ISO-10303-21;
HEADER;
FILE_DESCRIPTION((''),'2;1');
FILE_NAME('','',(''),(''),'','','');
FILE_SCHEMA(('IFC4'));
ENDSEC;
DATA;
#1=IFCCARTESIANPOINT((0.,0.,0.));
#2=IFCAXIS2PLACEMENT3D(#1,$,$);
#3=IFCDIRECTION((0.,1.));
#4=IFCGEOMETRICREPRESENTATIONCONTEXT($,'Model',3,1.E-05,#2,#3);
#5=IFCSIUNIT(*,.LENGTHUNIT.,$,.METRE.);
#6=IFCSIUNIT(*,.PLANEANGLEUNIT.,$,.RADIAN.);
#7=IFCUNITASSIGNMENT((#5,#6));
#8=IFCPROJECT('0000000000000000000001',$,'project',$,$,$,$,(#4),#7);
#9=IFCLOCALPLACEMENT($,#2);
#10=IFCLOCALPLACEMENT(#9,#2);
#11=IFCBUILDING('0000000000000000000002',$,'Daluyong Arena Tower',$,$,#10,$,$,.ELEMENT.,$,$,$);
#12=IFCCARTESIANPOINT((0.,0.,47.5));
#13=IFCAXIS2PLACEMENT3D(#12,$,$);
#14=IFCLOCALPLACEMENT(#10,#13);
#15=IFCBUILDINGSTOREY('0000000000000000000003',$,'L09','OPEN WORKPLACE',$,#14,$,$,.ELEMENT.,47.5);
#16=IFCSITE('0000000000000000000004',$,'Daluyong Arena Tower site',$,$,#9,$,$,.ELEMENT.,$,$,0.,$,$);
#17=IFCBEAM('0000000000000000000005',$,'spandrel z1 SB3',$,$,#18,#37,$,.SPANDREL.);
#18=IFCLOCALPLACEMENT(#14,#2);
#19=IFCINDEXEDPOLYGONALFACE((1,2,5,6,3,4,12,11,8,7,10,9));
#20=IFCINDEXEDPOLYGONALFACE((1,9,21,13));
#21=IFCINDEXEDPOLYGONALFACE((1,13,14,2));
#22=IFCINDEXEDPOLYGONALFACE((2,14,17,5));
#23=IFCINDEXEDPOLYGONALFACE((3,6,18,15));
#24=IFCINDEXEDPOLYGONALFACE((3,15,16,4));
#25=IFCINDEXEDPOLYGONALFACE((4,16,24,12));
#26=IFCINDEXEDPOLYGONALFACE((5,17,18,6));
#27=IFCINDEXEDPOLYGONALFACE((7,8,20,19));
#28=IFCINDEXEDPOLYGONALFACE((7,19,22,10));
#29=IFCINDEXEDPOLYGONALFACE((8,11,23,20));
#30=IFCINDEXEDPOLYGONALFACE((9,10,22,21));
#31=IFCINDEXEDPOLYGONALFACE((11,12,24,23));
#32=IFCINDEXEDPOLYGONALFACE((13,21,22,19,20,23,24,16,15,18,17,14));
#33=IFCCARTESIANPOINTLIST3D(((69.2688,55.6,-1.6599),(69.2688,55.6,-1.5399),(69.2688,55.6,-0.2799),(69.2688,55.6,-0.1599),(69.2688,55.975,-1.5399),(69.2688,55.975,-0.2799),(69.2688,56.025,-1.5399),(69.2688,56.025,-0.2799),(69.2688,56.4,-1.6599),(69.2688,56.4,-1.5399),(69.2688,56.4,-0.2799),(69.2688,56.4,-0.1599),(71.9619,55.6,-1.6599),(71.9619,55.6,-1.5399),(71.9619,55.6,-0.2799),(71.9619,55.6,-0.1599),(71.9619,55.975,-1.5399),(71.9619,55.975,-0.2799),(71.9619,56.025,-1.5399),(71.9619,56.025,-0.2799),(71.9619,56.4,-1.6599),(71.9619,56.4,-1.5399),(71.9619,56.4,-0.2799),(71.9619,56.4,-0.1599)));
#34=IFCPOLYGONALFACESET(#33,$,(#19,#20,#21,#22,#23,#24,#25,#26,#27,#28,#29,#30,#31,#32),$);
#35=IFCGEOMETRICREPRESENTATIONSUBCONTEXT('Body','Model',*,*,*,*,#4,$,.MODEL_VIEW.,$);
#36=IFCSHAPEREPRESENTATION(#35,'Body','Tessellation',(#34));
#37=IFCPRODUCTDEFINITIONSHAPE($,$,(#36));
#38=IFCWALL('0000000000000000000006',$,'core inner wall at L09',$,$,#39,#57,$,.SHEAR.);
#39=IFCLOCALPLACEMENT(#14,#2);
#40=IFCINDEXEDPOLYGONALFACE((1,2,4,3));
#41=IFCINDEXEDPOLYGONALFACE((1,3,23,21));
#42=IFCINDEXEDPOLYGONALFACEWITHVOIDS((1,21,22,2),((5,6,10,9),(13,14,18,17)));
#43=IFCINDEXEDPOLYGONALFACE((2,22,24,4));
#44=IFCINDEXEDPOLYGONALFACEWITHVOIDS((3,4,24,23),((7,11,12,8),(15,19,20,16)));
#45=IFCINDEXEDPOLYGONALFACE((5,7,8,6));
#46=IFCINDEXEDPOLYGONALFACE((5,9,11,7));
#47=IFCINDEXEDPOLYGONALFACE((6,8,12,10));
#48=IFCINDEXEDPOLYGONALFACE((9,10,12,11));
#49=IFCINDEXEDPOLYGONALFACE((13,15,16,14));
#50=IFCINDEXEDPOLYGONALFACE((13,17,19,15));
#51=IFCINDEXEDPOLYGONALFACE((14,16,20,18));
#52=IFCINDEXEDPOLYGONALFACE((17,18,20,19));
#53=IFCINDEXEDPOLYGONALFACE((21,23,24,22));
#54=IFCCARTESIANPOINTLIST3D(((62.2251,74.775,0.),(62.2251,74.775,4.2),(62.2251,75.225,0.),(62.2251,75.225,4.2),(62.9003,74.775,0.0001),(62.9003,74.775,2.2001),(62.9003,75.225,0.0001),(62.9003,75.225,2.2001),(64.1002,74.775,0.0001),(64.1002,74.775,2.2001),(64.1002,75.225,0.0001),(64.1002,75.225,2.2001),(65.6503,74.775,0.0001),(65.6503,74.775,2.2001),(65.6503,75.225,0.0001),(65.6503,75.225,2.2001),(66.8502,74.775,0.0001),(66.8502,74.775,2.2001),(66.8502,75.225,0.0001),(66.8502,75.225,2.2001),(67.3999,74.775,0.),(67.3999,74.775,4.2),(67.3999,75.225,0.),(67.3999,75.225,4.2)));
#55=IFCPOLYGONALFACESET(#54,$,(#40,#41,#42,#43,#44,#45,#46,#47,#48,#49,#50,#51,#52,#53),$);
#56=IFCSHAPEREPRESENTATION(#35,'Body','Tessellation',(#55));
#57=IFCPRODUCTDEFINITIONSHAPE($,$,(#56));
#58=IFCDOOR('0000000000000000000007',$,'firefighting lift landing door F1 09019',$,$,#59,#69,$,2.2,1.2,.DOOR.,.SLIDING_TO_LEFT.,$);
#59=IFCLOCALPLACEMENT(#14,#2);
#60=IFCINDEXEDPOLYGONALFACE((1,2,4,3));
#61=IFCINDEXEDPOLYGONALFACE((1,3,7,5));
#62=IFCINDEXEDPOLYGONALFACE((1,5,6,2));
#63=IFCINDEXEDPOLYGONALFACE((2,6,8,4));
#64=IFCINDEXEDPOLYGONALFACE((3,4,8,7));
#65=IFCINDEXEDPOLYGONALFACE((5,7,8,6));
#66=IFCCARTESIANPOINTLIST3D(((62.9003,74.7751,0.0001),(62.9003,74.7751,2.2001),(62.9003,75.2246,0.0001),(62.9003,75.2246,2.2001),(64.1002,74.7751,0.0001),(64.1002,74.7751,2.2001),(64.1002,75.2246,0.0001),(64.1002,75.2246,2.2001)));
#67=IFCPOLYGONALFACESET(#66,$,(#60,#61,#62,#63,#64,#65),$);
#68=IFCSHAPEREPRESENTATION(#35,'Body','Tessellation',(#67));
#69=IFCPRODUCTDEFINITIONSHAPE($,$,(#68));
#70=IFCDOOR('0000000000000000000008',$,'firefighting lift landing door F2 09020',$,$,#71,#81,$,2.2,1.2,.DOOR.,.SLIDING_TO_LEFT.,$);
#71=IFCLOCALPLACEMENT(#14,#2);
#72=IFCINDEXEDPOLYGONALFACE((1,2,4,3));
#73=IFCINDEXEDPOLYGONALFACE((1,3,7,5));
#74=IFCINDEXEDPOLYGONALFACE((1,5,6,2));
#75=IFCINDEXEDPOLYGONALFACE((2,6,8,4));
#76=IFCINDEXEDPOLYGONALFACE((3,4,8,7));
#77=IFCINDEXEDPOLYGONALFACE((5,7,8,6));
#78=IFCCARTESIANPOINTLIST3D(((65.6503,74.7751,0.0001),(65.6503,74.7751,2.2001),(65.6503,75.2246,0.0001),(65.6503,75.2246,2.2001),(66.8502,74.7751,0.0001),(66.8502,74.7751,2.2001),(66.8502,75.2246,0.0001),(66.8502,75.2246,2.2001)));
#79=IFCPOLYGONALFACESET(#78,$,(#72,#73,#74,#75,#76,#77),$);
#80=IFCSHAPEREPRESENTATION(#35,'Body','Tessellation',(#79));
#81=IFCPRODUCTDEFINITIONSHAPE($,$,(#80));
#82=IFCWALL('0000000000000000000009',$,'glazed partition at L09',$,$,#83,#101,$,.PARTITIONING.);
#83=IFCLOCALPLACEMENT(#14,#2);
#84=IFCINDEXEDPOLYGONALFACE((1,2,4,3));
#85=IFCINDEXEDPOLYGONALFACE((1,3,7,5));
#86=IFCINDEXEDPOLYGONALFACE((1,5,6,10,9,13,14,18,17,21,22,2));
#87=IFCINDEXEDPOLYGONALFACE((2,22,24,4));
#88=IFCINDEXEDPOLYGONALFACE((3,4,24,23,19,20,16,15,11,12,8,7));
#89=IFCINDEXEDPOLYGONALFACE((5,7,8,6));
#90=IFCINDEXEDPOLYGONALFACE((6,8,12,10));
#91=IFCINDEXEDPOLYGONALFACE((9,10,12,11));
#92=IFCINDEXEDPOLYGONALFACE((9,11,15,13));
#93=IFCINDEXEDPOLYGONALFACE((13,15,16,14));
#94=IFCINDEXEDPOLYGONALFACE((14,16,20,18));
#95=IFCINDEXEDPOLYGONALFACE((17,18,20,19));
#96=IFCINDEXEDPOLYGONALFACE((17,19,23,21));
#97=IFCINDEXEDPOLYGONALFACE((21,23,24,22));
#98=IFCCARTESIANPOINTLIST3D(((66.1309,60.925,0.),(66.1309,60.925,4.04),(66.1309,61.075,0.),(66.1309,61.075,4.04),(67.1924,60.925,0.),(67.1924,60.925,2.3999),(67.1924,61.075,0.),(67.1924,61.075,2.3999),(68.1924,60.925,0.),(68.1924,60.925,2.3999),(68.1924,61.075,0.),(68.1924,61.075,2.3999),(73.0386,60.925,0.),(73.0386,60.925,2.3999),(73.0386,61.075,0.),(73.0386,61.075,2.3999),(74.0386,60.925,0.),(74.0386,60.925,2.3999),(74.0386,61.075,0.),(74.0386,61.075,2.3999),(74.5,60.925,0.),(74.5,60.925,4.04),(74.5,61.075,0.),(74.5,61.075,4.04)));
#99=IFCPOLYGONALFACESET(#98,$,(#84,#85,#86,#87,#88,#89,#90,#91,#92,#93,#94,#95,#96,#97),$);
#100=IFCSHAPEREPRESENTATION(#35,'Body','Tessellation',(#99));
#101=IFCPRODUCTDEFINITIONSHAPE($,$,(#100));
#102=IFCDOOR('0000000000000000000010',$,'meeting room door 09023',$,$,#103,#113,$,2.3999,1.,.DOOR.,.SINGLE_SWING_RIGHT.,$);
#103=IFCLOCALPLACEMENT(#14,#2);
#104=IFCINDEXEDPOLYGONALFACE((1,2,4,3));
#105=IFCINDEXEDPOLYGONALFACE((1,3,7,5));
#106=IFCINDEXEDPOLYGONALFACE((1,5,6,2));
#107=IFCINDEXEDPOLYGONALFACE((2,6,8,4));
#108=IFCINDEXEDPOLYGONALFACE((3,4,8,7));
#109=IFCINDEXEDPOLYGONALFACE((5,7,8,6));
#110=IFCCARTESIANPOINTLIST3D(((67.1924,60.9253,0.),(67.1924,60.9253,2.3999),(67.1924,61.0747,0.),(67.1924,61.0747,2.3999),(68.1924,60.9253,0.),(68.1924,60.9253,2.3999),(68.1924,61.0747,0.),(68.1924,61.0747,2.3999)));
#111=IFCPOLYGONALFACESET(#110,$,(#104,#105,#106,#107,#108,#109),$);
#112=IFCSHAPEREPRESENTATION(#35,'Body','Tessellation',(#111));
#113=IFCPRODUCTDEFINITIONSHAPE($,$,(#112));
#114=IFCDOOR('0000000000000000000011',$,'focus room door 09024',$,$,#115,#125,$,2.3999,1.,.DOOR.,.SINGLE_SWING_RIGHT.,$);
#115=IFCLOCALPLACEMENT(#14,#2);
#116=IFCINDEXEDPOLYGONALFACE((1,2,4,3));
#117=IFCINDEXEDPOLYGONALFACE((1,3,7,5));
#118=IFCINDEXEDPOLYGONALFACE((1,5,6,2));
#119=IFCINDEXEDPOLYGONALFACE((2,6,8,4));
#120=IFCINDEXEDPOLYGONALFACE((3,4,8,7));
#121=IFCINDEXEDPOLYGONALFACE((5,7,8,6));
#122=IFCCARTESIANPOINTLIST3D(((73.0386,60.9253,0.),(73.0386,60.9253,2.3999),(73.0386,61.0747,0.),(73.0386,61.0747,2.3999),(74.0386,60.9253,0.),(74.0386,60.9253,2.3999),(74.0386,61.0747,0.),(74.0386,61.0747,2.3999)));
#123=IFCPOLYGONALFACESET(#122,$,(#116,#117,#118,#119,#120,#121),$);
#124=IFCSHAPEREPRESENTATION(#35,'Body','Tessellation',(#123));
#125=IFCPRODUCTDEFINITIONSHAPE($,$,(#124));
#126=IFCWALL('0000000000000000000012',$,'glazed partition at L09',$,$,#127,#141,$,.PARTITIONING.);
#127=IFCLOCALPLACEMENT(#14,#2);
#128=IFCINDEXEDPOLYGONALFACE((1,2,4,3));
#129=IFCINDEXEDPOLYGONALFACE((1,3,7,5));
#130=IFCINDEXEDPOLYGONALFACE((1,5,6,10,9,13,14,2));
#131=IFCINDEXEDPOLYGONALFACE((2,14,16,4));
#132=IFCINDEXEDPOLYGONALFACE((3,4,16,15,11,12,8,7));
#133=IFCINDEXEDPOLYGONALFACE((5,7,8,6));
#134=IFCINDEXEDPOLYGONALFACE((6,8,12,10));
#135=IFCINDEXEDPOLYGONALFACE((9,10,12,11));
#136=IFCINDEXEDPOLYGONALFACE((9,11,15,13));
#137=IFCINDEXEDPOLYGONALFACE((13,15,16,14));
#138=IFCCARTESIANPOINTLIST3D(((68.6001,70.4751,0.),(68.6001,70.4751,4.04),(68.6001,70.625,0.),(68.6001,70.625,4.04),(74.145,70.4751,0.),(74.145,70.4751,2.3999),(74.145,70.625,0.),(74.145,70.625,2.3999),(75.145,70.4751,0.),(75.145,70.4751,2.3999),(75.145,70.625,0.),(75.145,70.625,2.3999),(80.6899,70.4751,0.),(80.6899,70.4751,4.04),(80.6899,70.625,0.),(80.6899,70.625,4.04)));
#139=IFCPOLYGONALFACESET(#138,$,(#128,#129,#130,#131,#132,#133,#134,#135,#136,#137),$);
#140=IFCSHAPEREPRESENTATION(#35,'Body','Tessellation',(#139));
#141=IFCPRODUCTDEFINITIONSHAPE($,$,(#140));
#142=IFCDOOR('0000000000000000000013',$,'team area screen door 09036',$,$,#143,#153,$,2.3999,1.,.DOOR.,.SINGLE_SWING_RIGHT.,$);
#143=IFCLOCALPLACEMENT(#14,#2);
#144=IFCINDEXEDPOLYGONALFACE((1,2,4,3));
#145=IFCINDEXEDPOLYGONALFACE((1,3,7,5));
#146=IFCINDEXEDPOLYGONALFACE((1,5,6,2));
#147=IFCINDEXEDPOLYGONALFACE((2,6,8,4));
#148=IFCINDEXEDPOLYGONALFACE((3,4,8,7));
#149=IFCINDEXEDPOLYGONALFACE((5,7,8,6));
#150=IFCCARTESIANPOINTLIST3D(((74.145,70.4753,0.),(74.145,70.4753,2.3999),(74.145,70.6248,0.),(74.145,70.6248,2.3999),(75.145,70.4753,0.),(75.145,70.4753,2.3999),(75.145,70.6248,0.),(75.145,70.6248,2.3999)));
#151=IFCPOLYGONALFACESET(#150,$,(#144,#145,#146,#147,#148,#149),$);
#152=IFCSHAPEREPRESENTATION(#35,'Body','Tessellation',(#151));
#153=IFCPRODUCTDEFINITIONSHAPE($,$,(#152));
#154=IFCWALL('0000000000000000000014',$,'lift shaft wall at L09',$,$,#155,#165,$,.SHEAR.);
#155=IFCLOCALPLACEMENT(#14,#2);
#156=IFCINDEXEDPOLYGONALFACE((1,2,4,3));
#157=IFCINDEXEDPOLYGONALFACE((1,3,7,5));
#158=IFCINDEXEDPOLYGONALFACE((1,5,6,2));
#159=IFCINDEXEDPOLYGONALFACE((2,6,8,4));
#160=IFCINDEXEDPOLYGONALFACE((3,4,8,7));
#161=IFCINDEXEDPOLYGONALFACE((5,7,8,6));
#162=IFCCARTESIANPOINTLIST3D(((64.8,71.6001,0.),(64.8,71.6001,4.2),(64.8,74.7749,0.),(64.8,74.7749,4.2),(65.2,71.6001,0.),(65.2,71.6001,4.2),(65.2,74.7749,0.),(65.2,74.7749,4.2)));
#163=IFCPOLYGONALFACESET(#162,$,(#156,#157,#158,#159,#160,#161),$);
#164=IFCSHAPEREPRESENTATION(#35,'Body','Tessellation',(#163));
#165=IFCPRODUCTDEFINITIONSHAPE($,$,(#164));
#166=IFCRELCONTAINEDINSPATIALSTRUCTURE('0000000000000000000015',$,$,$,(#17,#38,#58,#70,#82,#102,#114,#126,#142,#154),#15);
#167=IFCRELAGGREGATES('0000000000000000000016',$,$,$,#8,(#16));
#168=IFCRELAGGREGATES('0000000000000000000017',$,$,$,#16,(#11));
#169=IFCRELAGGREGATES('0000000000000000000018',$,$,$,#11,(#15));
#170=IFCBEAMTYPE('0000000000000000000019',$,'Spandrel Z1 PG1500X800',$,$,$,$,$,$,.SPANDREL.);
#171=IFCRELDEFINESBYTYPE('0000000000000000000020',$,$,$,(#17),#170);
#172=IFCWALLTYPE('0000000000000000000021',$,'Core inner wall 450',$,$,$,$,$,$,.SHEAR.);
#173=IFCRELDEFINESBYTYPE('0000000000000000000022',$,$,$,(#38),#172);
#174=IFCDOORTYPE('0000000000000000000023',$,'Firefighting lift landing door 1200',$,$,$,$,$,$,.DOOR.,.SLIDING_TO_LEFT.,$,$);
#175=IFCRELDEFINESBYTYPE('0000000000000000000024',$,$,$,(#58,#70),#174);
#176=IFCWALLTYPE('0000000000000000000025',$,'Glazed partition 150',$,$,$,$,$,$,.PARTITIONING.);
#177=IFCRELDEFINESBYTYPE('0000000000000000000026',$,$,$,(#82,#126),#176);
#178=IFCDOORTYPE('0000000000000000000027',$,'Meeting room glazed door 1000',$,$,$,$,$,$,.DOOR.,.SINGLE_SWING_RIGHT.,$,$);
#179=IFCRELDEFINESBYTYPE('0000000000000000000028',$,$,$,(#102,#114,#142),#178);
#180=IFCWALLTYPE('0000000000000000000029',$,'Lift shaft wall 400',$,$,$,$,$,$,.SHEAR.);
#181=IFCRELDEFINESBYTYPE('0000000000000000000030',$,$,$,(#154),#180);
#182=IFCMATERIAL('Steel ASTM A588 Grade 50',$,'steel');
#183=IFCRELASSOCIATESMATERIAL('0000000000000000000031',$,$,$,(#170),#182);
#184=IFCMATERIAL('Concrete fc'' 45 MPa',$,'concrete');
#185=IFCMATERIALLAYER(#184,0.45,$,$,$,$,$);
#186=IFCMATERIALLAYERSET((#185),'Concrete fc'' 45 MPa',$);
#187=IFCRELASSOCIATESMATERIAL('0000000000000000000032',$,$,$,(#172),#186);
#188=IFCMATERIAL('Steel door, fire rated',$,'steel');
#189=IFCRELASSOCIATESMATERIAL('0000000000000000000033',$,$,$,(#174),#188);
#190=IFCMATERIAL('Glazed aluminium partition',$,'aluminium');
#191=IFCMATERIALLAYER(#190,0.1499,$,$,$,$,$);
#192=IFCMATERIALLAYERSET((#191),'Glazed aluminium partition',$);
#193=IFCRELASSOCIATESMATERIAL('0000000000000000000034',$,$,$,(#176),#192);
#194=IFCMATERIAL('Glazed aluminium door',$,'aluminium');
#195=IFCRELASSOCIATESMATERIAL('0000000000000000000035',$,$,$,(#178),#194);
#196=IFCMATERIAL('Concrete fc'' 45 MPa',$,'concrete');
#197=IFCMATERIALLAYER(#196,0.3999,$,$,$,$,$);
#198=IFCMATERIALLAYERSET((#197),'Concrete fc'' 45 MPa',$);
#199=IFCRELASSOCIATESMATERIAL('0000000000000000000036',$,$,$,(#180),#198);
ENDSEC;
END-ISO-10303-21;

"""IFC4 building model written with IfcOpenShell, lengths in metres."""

from ifc_helpers import new_model, si_unit, direction, frame, frame_2d, origin, origin_2d, place, context, subcontext, project, spatial, rectangle, i_section, extrude, material, layer, layer_set, material_profile, profile_set, type_object, element, fill, save


model = new_model("IFC4")

# Units and contexts
model_context = context("Model", 3, precision=1e-05, world=origin(), true_north=direction((0.0, 1.0)))
body_context = subcontext(model_context, "Body", "Model", "MODEL_VIEW")
ifc_project = project(units=[si_unit("LENGTHUNIT", "METRE"), si_unit("PLANEANGLEUNIT", "RADIAN")], contexts=[model_context])

# Site, building, storey
site_placement = place(None, origin())
site = spatial("IfcSite", under=ifc_project, at=site_placement, Name="Daluyong Arena Tower site", CompositionType="ELEMENT", RefElevation=0.0)
building_placement = place(site_placement, origin())
building = spatial("IfcBuilding", under=site, at=building_placement, Name="Daluyong Arena Tower", CompositionType="ELEMENT")
storey_placement = place(building_placement, frame((0.0, 0.0, 47.5)))
storey = spatial("IfcBuildingStorey", under=building, at=storey_placement, Name="L09", Description="OPEN WORKPLACE", CompositionType="ELEMENT", Elevation=47.5)

# Beam
ifc_material_1 = material(Name="Steel ASTM A588 Grade 50", Category="steel")
ifc_material_profile_1 = material_profile(ifc_material_1, i_section(OverallWidth=0.8, OverallDepth=1.5, WebThickness=0.05, FlangeThickness=0.12, at=origin_2d()))
ifc_profile_set_1 = profile_set([ifc_material_profile_1], Name="Steel ASTM A588 Grade 50")
beam_type_1 = type_object("IfcBeamType", Name="Spandrel Z1 PG1500X800", PredefinedType="SPANDREL", material=ifc_profile_set_1)
beam_1_placement = place(storey_placement, frame((69.2688, 56.0, -0.9099), z_axis=(1.0, 0.0, 0.0), x_axis=(0.0, 1.0, 0.0)))
element("IfcBeam", 1, at=beam_1_placement, inside=storey, type_object=beam_type_1, Name="spandrel z1 SB3", PredefinedType="SPANDREL", context=body_context, shape_type="SweptSolid", body=[
    extrude(i_section(OverallWidth=0.8, OverallDepth=1.5, WebThickness=0.05, FlangeThickness=0.12, at=origin_2d()), origin(), (0.0, 0.0, 1.0), 2.6931),
])

# Shared definitions
ifc_material_2 = material(Name="Concrete fc' 45 MPa", Category="concrete")
ifc_layer_1 = layer(ifc_material_2, 0.45)
ifc_layer_set_1 = layer_set([ifc_layer_1], Name="Concrete fc' 45 MPa")
wall_type_1 = type_object("IfcWallType", Name="Core inner wall 450", PredefinedType="SHEAR", material=ifc_layer_set_1)

# Wall, openings, doors
wall_1_placement = place(storey_placement, frame((62.2251, 75.0, 0.0), z_axis=(0.0, 0.0, 1.0), x_axis=(1.0, 0.0, 0.0)))
wall_1 = element("IfcWall", 2, at=wall_1_placement, inside=storey, type_object=wall_type_1, Name="core inner wall at L09", PredefinedType="SHEAR", context=body_context, shape_type="SweptSolid", body=[
    extrude(rectangle(XDim=5.1748, YDim=0.45, at=frame_2d((2.5874, 0.0))), origin(), (0.0, 0.0, 1.0), 4.2),
])
opening_1_placement = place(wall_1_placement, frame((0.675, 0.0, 0.0)))
opening_1 = element("IfcOpeningElement", 3, at=opening_1_placement, cuts=wall_1, PredefinedType="OPENING", context=body_context, shape_type="SweptSolid", body=[
    extrude(rectangle(XDim=1.2, YDim=2.2, at=frame_2d((0.6001, 1.1001))), frame((0.0, 0.2349, 0.0), z_axis=(0.0, -1.0, 0.0), x_axis=(1.0, 0.0, 0.0)), (0.0, 0.0, 1.0), 0.47),
])
opening_2_placement = place(wall_1_placement, frame((3.425, 0.0, 0.0)))
opening_2 = element("IfcOpeningElement", 4, at=opening_2_placement, cuts=wall_1, PredefinedType="OPENING", context=body_context, shape_type="SweptSolid", body=[
    extrude(rectangle(XDim=1.2, YDim=2.2, at=frame_2d((0.6001, 1.1001))), frame((0.0, 0.2349, 0.0), z_axis=(0.0, -1.0, 0.0), x_axis=(1.0, 0.0, 0.0)), (0.0, 0.0, 1.0), 0.47),
])
ifc_material_3 = material(Name="Steel door, fire rated", Category="steel")
door_type_1 = type_object("IfcDoorType", Name="Firefighting lift landing door 1200", OperationType="SLIDING_TO_LEFT", PredefinedType="DOOR", material=ifc_material_3)
door_1_placement = place(opening_1_placement, origin())
door_1 = element("IfcDoor", 5, at=door_1_placement, inside=storey, type_object=door_type_1, Name="firefighting lift landing door F1 09019", OperationType="SLIDING_TO_LEFT", OverallHeight=2.2, OverallWidth=1.2, PredefinedType="DOOR", context=body_context, shape_type="SweptSolid", body=[
    extrude(rectangle(XDim=1.2, YDim=2.2, at=frame_2d((0.6001, 1.1001))), frame((0.0, 0.2246, 0.0), z_axis=(0.0, -1.0, 0.0), x_axis=(1.0, 0.0, 0.0)), (0.0, 0.0, 1.0), 0.4495),
])
fill(opening_1, door_1)
door_2_placement = place(opening_2_placement, origin())
door_2 = element("IfcDoor", 6, at=door_2_placement, inside=storey, type_object=door_type_1, Name="firefighting lift landing door F2 09020", OperationType="SLIDING_TO_LEFT", OverallHeight=2.2, OverallWidth=1.2, PredefinedType="DOOR", context=body_context, shape_type="SweptSolid", body=[
    extrude(rectangle(XDim=1.2, YDim=2.2, at=frame_2d((0.6001, 1.1001))), frame((0.0, 0.2246, 0.0), z_axis=(0.0, -1.0, 0.0), x_axis=(1.0, 0.0, 0.0)), (0.0, 0.0, 1.0), 0.4495),
])
fill(opening_2, door_2)

# Wall, openings, doors
ifc_material_4 = material(Name="Glazed aluminium partition", Category="aluminium")
ifc_layer_2 = layer(ifc_material_4, 0.1499)
ifc_layer_set_2 = layer_set([ifc_layer_2], Name="Glazed aluminium partition")
wall_type_2 = type_object("IfcWallType", Name="Glazed partition 150", PredefinedType="PARTITIONING", material=ifc_layer_set_2)
wall_2_placement = place(storey_placement, frame((66.1309, 61.0, 0.0), z_axis=(0.0, 0.0, 1.0), x_axis=(1.0, 0.0, 0.0)))
wall_2 = element("IfcWall", 7, at=wall_2_placement, inside=storey, type_object=wall_type_2, Name="glazed partition at L09", PredefinedType="PARTITIONING", context=body_context, shape_type="SweptSolid", body=[
    extrude(rectangle(XDim=8.3691, YDim=0.1499, at=frame_2d((4.1846, 0.0))), origin(), (0.0, 0.0, 1.0), 4.04),
])
opening_3_placement = place(wall_2_placement, frame((1.0615, 0.0, 0.0)))
opening_3 = element("IfcOpeningElement", 8, at=opening_3_placement, cuts=wall_2, PredefinedType="OPENING", context=body_context, shape_type="SweptSolid", body=[
    extrude(rectangle(XDim=1.0, YDim=2.3999, at=frame_2d((0.5, 1.2))), frame((0.0, 0.085, 0.0), z_axis=(0.0, -1.0, 0.0), x_axis=(1.0, 0.0, 0.0)), (0.0, 0.0, 1.0), 0.1699),
])
opening_4_placement = place(wall_2_placement, frame((6.9077, 0.0, 0.0)))
opening_4 = element("IfcOpeningElement", 9, at=opening_4_placement, cuts=wall_2, PredefinedType="OPENING", context=body_context, shape_type="SweptSolid", body=[
    extrude(rectangle(XDim=1.0, YDim=2.3999, at=frame_2d((0.5, 1.2))), frame((0.0, 0.085, 0.0), z_axis=(0.0, -1.0, 0.0), x_axis=(1.0, 0.0, 0.0)), (0.0, 0.0, 1.0), 0.1699),
])
ifc_material_5 = material(Name="Glazed aluminium door", Category="aluminium")
door_type_2 = type_object("IfcDoorType", Name="Meeting room glazed door 1000", OperationType="SINGLE_SWING_RIGHT", PredefinedType="DOOR", material=ifc_material_5)
door_3_placement = place(opening_3_placement, origin())
door_3 = element("IfcDoor", 10, at=door_3_placement, inside=storey, type_object=door_type_2, Name="meeting room door 09023", OperationType="SINGLE_SWING_RIGHT", OverallHeight=2.3999, OverallWidth=1.0, PredefinedType="DOOR", context=body_context, shape_type="SweptSolid", body=[
    extrude(rectangle(XDim=1.0, YDim=2.3999, at=frame_2d((0.5, 1.2))), frame((0.0, 0.0747, 0.0), z_axis=(0.0, -1.0, 0.0), x_axis=(1.0, 0.0, 0.0)), (0.0, 0.0, 1.0), 0.1494),
])
fill(opening_3, door_3)
door_4_placement = place(opening_4_placement, origin())
door_4 = element("IfcDoor", 11, at=door_4_placement, inside=storey, type_object=door_type_2, Name="focus room door 09024", OperationType="SINGLE_SWING_RIGHT", OverallHeight=2.3999, OverallWidth=1.0, PredefinedType="DOOR", context=body_context, shape_type="SweptSolid", body=[
    extrude(rectangle(XDim=1.0, YDim=2.3999, at=frame_2d((0.5, 1.2))), frame((0.0, 0.0747, 0.0), z_axis=(0.0, -1.0, 0.0), x_axis=(1.0, 0.0, 0.0)), (0.0, 0.0, 1.0), 0.1494),
])
fill(opening_4, door_4)

# Wall, opening, door
wall_3_placement = place(storey_placement, frame((68.6001, 70.55, 0.0), z_axis=(0.0, 0.0, 1.0), x_axis=(1.0, 0.0, 0.0)))
wall_3 = element("IfcWall", 12, at=wall_3_placement, inside=storey, type_object=wall_type_2, Name="glazed partition at L09", PredefinedType="PARTITIONING", context=body_context, shape_type="SweptSolid", body=[
    extrude(rectangle(XDim=12.0898, YDim=0.1499, at=frame_2d((6.0449, 0.0))), origin(), (0.0, 0.0, 1.0), 4.04),
])
opening_5_placement = place(wall_3_placement, frame((5.5449, 0.0, 0.0)))
opening_5 = element("IfcOpeningElement", 13, at=opening_5_placement, cuts=wall_3, PredefinedType="OPENING", context=body_context, shape_type="SweptSolid", body=[
    extrude(rectangle(XDim=1.0, YDim=2.3999, at=frame_2d((0.5, 1.2))), frame((0.0, 0.085, 0.0), z_axis=(0.0, -1.0, 0.0), x_axis=(1.0, 0.0, 0.0)), (0.0, 0.0, 1.0), 0.1699),
])
door_5_placement = place(opening_5_placement, origin())
door_5 = element("IfcDoor", 14, at=door_5_placement, inside=storey, type_object=door_type_2, Name="team area screen door 09036", OperationType="SINGLE_SWING_RIGHT", OverallHeight=2.3999, OverallWidth=1.0, PredefinedType="DOOR", context=body_context, shape_type="SweptSolid", body=[
    extrude(rectangle(XDim=1.0, YDim=2.3999, at=frame_2d((0.5, 1.2))), frame((0.0, 0.0747, 0.0), z_axis=(0.0, -1.0, 0.0), x_axis=(1.0, 0.0, 0.0)), (0.0, 0.0, 1.0), 0.1494),
])
fill(opening_5, door_5)

# Wall
ifc_material_6 = material(Name="Concrete fc' 45 MPa", Category="concrete")
ifc_layer_3 = layer(ifc_material_6, 0.3999)
ifc_layer_set_3 = layer_set([ifc_layer_3], Name="Concrete fc' 45 MPa")
wall_type_3 = type_object("IfcWallType", Name="Lift shaft wall 400", PredefinedType="SHEAR", material=ifc_layer_set_3)
wall_4_placement = place(storey_placement, frame((65.0, 71.6001, 0.0), z_axis=(0.0, 0.0, 1.0), x_axis=(0.0, 1.0, 0.0)))
element("IfcWall", 15, at=wall_4_placement, inside=storey, type_object=wall_type_3, Name="lift shaft wall at L09", PredefinedType="SHEAR", context=body_context, shape_type="SweptSolid", body=[
    extrude(rectangle(XDim=3.1748, YDim=0.3999, at=frame_2d((1.5874, 0.0))), origin(), (0.0, 0.0, 1.0), 4.2),
])

save(model, "model.ifc")
